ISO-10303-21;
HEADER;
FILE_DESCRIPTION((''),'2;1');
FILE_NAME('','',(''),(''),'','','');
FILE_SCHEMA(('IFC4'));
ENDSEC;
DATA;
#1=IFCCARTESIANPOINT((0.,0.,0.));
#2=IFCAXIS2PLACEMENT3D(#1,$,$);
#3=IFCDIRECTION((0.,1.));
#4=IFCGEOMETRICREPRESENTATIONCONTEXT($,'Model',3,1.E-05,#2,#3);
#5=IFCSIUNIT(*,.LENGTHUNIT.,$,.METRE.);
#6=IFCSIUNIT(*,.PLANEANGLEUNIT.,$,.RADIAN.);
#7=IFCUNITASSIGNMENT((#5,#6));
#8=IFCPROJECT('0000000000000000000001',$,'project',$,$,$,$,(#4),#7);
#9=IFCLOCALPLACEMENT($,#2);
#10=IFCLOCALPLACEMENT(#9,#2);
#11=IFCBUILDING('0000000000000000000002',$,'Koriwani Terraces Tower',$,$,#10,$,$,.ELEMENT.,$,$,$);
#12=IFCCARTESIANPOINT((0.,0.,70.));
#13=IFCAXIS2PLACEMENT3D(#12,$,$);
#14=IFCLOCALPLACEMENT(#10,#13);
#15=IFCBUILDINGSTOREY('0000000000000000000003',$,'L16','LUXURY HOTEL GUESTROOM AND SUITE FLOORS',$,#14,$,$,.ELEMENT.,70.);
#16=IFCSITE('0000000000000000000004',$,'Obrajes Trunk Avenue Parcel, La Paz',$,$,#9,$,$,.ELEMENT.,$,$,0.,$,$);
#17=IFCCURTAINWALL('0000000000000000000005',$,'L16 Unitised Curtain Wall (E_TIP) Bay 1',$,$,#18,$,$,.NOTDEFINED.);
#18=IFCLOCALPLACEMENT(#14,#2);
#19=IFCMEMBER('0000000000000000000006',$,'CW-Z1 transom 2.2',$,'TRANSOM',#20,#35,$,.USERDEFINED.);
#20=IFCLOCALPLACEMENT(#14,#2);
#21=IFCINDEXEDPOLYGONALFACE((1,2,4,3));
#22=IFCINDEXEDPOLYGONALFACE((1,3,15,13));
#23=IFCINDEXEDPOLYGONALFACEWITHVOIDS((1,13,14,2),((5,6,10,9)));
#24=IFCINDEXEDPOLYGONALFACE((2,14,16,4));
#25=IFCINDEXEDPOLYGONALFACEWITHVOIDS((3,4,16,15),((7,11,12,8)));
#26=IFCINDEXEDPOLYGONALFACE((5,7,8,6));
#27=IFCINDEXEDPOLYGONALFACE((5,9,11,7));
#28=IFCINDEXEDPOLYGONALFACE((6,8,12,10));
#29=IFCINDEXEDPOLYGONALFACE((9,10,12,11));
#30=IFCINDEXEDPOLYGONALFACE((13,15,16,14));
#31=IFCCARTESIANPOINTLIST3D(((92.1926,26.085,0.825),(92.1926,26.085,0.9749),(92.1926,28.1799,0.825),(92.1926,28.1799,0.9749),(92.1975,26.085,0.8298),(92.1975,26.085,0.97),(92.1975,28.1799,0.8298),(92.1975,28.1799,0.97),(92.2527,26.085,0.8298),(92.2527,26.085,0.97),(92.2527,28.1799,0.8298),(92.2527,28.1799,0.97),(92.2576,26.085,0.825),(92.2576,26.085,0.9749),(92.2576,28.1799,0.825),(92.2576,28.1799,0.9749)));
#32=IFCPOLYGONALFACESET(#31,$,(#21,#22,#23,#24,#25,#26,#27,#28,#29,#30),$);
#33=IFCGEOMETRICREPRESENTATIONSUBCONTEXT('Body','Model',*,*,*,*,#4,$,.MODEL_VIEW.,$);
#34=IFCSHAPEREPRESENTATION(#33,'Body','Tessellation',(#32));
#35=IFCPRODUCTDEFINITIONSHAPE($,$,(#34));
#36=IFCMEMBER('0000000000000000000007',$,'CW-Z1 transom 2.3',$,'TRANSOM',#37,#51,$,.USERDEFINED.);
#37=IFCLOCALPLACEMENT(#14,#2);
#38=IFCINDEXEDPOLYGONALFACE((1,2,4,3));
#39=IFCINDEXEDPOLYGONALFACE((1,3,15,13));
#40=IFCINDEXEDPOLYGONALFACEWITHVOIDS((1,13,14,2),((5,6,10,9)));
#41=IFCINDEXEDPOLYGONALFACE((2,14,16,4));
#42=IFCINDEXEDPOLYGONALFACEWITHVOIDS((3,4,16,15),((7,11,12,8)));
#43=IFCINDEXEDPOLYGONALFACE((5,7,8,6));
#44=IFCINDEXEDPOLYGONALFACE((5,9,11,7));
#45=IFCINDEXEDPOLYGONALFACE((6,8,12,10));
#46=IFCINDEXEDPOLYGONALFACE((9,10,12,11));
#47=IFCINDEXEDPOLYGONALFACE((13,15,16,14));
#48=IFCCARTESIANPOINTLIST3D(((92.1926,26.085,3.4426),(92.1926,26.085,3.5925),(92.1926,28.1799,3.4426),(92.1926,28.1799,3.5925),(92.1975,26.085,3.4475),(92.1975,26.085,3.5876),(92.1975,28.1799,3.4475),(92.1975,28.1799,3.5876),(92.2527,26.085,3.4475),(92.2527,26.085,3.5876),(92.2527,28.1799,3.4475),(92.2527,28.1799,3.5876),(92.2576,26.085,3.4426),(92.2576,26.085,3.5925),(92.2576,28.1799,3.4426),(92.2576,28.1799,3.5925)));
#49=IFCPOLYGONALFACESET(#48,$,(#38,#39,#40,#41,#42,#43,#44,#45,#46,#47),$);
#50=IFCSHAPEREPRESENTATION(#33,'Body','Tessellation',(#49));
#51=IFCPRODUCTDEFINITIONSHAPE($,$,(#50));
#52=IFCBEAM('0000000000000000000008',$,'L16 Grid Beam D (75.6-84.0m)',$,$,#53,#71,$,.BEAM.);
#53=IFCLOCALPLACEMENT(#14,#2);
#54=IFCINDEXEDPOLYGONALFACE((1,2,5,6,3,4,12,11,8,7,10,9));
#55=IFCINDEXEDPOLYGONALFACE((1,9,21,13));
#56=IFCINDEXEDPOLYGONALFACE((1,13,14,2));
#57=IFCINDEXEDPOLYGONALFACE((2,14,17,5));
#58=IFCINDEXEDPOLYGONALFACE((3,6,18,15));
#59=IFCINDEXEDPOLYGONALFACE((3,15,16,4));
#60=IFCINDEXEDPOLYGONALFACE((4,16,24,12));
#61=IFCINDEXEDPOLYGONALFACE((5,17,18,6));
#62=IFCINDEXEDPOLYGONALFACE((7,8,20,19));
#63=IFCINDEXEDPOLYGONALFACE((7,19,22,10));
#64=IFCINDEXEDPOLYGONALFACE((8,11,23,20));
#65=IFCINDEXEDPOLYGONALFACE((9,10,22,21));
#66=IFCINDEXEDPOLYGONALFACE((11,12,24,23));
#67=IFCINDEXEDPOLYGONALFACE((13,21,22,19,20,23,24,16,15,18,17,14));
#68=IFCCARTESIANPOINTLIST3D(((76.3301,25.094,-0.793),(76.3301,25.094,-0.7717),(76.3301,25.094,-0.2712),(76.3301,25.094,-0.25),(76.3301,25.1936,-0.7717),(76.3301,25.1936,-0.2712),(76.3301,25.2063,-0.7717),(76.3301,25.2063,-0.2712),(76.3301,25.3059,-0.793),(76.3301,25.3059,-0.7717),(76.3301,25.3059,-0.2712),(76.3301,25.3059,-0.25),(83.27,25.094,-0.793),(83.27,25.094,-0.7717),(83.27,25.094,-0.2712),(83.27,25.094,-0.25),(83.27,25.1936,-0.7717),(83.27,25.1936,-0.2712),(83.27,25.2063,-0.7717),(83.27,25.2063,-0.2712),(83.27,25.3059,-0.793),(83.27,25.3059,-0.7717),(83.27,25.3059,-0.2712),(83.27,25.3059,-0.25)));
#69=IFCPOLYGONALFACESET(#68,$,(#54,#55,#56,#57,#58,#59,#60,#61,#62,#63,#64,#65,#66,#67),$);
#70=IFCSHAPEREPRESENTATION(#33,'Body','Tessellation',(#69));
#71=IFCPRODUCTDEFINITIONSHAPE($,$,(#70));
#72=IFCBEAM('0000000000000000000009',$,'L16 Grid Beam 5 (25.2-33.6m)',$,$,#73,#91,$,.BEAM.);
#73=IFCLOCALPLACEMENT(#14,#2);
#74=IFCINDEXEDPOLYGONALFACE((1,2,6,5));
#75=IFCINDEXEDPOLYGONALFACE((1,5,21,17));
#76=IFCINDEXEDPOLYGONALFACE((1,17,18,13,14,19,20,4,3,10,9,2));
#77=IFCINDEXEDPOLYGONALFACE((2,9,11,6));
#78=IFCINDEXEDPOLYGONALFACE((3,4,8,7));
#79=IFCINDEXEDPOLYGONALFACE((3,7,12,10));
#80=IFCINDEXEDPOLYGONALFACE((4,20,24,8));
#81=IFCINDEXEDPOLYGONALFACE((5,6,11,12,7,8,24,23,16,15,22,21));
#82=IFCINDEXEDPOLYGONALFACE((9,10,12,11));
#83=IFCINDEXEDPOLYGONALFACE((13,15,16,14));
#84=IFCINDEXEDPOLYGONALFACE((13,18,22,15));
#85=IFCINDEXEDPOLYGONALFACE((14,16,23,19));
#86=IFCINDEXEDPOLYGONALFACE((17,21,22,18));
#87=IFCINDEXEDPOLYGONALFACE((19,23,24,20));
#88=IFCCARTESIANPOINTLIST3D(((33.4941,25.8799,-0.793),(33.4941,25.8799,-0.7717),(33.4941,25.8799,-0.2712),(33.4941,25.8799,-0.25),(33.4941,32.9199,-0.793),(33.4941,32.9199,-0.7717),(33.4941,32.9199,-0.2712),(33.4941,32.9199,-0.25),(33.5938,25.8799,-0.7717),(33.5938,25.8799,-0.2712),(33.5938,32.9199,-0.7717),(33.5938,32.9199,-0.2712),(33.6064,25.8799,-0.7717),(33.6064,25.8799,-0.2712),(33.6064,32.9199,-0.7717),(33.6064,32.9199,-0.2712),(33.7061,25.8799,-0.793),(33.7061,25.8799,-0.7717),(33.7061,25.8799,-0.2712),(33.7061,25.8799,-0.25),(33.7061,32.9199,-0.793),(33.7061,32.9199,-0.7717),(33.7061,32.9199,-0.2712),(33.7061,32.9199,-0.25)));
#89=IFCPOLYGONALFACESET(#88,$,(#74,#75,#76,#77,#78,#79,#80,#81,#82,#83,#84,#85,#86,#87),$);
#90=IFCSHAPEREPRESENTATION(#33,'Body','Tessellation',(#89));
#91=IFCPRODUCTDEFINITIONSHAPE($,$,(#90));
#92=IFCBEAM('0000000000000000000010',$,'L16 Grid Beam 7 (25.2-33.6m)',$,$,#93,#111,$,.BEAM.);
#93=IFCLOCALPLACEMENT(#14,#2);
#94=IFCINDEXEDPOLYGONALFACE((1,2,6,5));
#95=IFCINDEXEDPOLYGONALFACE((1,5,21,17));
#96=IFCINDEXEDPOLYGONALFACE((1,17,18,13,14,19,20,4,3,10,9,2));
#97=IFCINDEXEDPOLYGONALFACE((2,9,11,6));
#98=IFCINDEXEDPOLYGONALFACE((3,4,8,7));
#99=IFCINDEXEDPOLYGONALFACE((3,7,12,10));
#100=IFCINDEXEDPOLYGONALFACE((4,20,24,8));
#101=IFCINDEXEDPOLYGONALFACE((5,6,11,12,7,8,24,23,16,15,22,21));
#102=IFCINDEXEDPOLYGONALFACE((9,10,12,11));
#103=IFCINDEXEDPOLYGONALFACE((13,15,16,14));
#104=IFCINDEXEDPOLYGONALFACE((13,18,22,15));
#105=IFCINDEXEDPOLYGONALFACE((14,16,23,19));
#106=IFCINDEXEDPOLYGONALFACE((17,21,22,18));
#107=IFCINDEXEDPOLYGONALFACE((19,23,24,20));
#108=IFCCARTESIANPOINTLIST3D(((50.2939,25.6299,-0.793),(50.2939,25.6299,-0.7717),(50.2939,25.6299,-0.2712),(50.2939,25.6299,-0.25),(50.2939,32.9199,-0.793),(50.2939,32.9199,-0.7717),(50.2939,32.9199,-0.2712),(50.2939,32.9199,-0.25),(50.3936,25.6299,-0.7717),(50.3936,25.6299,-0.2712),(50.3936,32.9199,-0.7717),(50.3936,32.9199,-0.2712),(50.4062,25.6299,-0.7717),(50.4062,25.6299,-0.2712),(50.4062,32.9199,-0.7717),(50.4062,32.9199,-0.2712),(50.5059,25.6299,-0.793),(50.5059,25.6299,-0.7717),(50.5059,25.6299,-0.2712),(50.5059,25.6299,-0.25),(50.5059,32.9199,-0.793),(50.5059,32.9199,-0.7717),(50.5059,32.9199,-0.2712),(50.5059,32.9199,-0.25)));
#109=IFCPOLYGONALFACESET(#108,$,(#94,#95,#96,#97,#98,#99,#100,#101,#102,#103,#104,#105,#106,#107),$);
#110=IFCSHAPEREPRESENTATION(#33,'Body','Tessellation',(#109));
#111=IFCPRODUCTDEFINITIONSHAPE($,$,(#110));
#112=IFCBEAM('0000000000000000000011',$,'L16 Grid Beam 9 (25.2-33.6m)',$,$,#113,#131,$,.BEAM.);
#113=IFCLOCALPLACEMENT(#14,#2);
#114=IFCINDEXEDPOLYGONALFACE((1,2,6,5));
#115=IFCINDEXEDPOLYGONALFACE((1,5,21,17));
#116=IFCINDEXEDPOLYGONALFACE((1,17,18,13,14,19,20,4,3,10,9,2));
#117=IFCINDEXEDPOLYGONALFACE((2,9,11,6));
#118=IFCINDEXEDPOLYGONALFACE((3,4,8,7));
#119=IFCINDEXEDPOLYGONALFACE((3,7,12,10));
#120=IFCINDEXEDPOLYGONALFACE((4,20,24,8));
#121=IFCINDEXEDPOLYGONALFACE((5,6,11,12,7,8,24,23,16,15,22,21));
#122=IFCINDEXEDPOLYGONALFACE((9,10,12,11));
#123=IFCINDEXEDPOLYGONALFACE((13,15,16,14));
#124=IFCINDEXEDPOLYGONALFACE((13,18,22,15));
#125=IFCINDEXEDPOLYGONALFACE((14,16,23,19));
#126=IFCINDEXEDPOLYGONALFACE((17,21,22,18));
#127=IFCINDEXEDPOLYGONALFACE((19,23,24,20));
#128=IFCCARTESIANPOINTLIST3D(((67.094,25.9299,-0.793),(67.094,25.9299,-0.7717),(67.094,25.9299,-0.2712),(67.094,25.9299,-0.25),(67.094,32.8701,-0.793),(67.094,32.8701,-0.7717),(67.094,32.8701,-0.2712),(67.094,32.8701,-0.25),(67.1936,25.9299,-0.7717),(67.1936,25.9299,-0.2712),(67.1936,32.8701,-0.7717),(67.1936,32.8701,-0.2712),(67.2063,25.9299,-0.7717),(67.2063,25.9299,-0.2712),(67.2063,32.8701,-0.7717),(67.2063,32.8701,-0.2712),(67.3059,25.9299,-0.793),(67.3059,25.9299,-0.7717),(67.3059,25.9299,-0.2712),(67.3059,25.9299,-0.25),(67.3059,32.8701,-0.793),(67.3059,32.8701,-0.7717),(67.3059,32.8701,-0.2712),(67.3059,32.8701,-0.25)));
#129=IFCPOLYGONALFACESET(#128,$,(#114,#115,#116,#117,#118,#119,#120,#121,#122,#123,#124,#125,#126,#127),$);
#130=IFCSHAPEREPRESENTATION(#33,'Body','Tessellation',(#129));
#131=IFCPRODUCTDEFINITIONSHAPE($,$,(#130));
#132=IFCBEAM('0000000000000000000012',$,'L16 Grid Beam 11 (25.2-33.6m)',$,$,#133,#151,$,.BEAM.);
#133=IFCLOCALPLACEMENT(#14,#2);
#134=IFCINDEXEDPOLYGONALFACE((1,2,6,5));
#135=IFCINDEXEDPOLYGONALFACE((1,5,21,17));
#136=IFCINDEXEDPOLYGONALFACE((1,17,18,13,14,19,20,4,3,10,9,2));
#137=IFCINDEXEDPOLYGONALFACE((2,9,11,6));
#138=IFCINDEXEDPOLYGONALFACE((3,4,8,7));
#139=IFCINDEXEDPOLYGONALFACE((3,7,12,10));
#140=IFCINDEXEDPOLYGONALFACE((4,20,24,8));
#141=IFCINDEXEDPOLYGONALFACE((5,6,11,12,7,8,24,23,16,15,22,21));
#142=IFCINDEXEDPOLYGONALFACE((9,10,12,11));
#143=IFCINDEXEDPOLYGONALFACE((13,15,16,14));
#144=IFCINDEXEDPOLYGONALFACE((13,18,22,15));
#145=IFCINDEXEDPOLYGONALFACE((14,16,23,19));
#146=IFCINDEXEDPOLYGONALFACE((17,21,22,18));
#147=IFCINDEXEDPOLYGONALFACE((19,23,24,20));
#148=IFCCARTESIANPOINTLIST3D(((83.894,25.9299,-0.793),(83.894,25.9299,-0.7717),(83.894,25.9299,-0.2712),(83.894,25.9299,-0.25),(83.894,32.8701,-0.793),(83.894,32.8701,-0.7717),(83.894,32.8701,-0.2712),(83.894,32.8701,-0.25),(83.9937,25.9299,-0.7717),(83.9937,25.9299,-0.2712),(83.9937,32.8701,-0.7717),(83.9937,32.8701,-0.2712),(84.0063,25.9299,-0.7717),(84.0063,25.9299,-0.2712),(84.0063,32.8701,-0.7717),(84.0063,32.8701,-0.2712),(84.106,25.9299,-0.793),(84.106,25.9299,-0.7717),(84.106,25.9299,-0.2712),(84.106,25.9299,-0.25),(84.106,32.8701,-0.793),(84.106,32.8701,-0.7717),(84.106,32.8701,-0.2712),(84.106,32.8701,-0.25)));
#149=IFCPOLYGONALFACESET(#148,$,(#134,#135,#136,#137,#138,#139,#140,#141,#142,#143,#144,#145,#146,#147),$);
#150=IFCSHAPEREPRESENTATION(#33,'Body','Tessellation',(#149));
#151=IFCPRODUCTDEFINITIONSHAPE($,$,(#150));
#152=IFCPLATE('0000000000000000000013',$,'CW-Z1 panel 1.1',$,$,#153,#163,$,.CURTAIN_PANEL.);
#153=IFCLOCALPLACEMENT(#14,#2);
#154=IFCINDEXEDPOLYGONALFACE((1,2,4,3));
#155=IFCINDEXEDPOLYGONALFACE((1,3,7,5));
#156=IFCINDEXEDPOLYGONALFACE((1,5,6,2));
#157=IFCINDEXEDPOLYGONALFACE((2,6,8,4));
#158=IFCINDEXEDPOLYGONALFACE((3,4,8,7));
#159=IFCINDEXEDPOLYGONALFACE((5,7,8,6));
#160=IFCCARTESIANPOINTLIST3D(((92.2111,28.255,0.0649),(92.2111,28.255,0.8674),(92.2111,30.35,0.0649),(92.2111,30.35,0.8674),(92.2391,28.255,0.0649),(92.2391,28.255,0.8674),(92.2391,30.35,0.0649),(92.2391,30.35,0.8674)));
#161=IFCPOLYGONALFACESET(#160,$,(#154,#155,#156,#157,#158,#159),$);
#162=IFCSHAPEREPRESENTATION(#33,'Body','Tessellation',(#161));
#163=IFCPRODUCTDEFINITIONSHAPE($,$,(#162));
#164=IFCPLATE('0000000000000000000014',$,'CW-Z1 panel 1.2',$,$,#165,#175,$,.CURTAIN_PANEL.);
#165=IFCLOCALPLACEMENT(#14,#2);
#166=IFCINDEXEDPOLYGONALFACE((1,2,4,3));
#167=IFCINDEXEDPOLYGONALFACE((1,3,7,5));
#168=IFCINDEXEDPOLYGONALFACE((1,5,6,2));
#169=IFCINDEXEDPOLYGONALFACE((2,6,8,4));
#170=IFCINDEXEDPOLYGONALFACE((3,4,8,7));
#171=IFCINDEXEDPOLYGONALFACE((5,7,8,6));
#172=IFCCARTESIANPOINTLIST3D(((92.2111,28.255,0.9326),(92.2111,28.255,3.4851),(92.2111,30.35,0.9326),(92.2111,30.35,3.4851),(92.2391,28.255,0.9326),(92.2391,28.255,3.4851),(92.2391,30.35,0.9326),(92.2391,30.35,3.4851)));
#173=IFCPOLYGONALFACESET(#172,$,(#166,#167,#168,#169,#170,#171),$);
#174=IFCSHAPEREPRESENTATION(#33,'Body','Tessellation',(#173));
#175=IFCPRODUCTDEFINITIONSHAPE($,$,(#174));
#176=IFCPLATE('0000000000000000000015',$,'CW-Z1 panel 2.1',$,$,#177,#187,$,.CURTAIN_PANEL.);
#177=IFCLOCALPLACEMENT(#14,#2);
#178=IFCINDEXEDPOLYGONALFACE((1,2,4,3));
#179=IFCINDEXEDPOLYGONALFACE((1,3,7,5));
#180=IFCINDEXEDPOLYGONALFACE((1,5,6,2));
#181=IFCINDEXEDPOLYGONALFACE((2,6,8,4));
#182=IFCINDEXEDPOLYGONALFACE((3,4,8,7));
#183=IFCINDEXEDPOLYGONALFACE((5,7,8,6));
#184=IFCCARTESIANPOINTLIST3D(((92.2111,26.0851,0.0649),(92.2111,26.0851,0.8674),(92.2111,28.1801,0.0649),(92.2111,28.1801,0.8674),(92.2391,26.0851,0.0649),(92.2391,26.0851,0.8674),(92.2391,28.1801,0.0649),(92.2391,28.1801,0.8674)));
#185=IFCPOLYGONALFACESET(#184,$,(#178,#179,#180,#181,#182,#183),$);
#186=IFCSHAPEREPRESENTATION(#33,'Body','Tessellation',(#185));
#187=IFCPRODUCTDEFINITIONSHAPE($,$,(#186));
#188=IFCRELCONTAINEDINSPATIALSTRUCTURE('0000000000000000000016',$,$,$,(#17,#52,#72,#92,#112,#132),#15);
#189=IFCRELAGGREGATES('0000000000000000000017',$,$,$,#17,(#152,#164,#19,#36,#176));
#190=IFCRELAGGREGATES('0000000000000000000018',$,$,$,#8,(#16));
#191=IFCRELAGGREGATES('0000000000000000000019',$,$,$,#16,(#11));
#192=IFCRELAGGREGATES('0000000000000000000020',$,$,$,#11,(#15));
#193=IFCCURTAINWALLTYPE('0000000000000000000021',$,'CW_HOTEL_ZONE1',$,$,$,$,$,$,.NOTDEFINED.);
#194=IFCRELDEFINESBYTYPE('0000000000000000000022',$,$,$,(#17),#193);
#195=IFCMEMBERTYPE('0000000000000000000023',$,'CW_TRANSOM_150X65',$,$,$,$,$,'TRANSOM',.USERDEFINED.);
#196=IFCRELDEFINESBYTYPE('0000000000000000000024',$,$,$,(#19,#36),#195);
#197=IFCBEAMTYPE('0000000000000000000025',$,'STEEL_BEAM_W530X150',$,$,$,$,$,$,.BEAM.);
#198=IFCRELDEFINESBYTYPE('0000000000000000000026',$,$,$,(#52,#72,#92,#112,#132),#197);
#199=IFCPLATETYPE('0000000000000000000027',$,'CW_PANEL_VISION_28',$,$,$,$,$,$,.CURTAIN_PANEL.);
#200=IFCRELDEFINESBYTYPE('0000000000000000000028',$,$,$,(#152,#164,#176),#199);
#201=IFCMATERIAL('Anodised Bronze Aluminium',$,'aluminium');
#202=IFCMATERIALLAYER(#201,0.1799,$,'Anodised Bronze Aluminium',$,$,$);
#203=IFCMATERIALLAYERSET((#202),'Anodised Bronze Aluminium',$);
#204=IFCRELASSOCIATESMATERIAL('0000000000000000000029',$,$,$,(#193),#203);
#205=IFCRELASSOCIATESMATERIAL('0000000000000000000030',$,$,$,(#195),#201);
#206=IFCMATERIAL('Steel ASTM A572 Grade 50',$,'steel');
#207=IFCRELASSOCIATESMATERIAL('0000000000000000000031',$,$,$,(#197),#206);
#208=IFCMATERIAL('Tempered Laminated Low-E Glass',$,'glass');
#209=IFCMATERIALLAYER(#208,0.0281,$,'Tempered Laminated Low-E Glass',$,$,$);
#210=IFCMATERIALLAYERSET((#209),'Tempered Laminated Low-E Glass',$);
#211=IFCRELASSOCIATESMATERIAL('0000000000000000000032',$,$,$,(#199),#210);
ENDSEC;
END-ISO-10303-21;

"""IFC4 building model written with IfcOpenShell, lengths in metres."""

from ifc_helpers import new_model, si_unit, direction, frame, origin, origin_2d, place, context, subcontext, project, spatial, rectangle, hollow_rectangle, i_section, extrude, material, layer, layer_set, material_profile, profile_set, type_object, element, aggregate, save


model = new_model("IFC4")

# Units and contexts
model_context = context("Model", 3, precision=1e-05, world=origin(), true_north=direction((0.0, 1.0)))
body_context = subcontext(model_context, "Body", "Model", "MODEL_VIEW")
ifc_project = project(units=[si_unit("LENGTHUNIT", "METRE"), si_unit("PLANEANGLEUNIT", "RADIAN")], contexts=[model_context])

# Site, building, storey
site_placement = place(None, origin())
site = spatial("IfcSite", under=ifc_project, at=site_placement, Name="Obrajes Trunk Avenue Parcel, La Paz", CompositionType="ELEMENT", RefElevation=0.0)
building_placement = place(site_placement, origin())
building = spatial("IfcBuilding", under=site, at=building_placement, Name="Koriwani Terraces Tower", CompositionType="ELEMENT")
storey_placement = place(building_placement, frame((0.0, 0.0, 70.0)))
storey = spatial("IfcBuildingStorey", under=building, at=storey_placement, Name="L16", Description="LUXURY HOTEL GUESTROOM AND SUITE FLOORS", CompositionType="ELEMENT", Elevation=70.0)

# Curtain wall, members
ifc_material_1 = material(Name="Anodised Bronze Aluminium", Category="aluminium")
ifc_layer_1 = layer(ifc_material_1, 0.1799, Name="Anodised Bronze Aluminium")
ifc_layer_set_1 = layer_set([ifc_layer_1], Name="Anodised Bronze Aluminium")
curtain_wall_type = type_object("IfcCurtainWallType", Name="CW_HOTEL_ZONE1", PredefinedType="NOTDEFINED", material=ifc_layer_set_1)
curtain_wall_placement = place(storey_placement, origin())
curtain_wall = element("IfcCurtainWall", 1, at=curtain_wall_placement, inside=storey, type_object=curtain_wall_type, Name="L16 Unitised Curtain Wall (E_TIP) Bay 1", PredefinedType="NOTDEFINED")
ifc_material_profile_1 = material_profile(ifc_material_1, hollow_rectangle(XDim=0.0649, YDim=0.1499, WallThickness=0.0049, at=origin_2d()), Name="Anodised Bronze Aluminium", Category="LoadBearing")
ifc_profile_set_1 = profile_set([ifc_material_profile_1], Name="Anodised Bronze Aluminium")
member_type_1 = type_object("IfcMemberType", Name="CW_TRANSOM_150X65", ElementType="TRANSOM", PredefinedType="USERDEFINED", material=ifc_profile_set_1)
member_1_placement = place(storey_placement, frame((92.2251, 28.1799, 0.8999), z_axis=(0.0, -1.0, 0.0), x_axis=(1.0, 0.0, 0.0)))
member_1 = element("IfcMember", 2, at=member_1_placement, type_object=member_type_1, Name="CW-Z1 transom 2.2", ObjectType="TRANSOM", PredefinedType="USERDEFINED", context=body_context, shape_type="SweptSolid", body=[
    extrude(hollow_rectangle(XDim=0.0649, YDim=0.1499, WallThickness=0.0049, at=origin_2d()), origin(), (0.0, 0.0, 1.0), 2.095),
])
member_2_placement = place(storey_placement, frame((92.2251, 28.1799, 3.5176), z_axis=(0.0, -1.0, 0.0), x_axis=(1.0, 0.0, 0.0)))
member_2 = element("IfcMember", 3, at=member_2_placement, type_object=member_type_1, Name="CW-Z1 transom 2.3", ObjectType="TRANSOM", PredefinedType="USERDEFINED", context=body_context, shape_type="SweptSolid", body=[
    extrude(hollow_rectangle(XDim=0.0649, YDim=0.1499, WallThickness=0.0049, at=origin_2d()), origin(), (0.0, 0.0, 1.0), 2.095),
])

# Beams
ifc_material_2 = material(Name="Steel ASTM A572 Grade 50", Category="steel")
ifc_material_profile_2 = material_profile(ifc_material_2, i_section(OverallWidth=0.2119, OverallDepth=0.543, WebThickness=0.0127, FlangeThickness=0.0212, at=origin_2d()), Name="Steel ASTM A572 Grade 50", Category="LoadBearing")
ifc_profile_set_2 = profile_set([ifc_material_profile_2], Name="Steel ASTM A572 Grade 50")
beam_type_1 = type_object("IfcBeamType", Name="STEEL_BEAM_W530X150", PredefinedType="BEAM", material=ifc_profile_set_2)
beam_1_placement = place(storey_placement, frame((76.3301, 25.2, -0.5215), z_axis=(1.0, 0.0, 0.0), x_axis=(0.0, 1.0, 0.0)))
element("IfcBeam", 4, at=beam_1_placement, inside=storey, type_object=beam_type_1, Name="L16 Grid Beam D (75.6-84.0m)", PredefinedType="BEAM", context=body_context, shape_type="SweptSolid", body=[
    extrude(i_section(OverallWidth=0.2119, OverallDepth=0.543, WebThickness=0.0127, FlangeThickness=0.0212, at=origin_2d()), origin(), (0.0, 0.0, 1.0), 6.9399),
])
beam_2_placement = place(storey_placement, frame((33.6001, 25.8799, -0.5215), z_axis=(0.0, 1.0, 0.0), x_axis=(-1.0, 0.0, 0.0)))
element("IfcBeam", 5, at=beam_2_placement, inside=storey, type_object=beam_type_1, Name="L16 Grid Beam 5 (25.2-33.6m)", PredefinedType="BEAM", context=body_context, shape_type="SweptSolid", body=[
    extrude(i_section(OverallWidth=0.2119, OverallDepth=0.543, WebThickness=0.0127, FlangeThickness=0.0212, at=origin_2d()), origin(), (0.0, 0.0, 1.0), 7.04),
])
beam_3_placement = place(storey_placement, frame((50.3999, 25.6299, -0.5215), z_axis=(0.0, 1.0, 0.0), x_axis=(-1.0, 0.0, 0.0)))
element("IfcBeam", 6, at=beam_3_placement, inside=storey, type_object=beam_type_1, Name="L16 Grid Beam 7 (25.2-33.6m)", PredefinedType="BEAM", context=body_context, shape_type="SweptSolid", body=[
    extrude(i_section(OverallWidth=0.2119, OverallDepth=0.543, WebThickness=0.0127, FlangeThickness=0.0212, at=origin_2d()), origin(), (0.0, 0.0, 1.0), 7.29),
])
for number, where, z_axis, x_axis, name in (
    (7, (67.2, 25.9299, -0.5215), (0.0, 1.0, 0.0), (-1.0, 0.0, 0.0), "L16 Grid Beam 9 (25.2-33.6m)"),
    (8, (84.0, 25.9299, -0.5215), (0.0, 1.0, 0.0), (-1.0, 0.0, 0.0), "L16 Grid Beam 11 (25.2-33.6m)"),
):
    element("IfcBeam", number, at=place(storey_placement, frame(where, z_axis=z_axis, x_axis=x_axis)), inside=storey, type_object=beam_type_1, Name=name, PredefinedType="BEAM", context=body_context, shape_type="SweptSolid", body=[
        extrude(i_section(OverallWidth=0.2119, OverallDepth=0.543, WebThickness=0.0127, FlangeThickness=0.0212, at=origin_2d()), origin(), (0.0, 0.0, 1.0), 6.9402),
    ])

# Plates
ifc_material_3 = material(Name="Tempered Laminated Low-E Glass", Category="glass")
ifc_layer_2 = layer(ifc_material_3, 0.0281, Name="Tempered Laminated Low-E Glass")
ifc_layer_set_2 = layer_set([ifc_layer_2], Name="Tempered Laminated Low-E Glass")
plate_type = type_object("IfcPlateType", Name="CW_PANEL_VISION_28", PredefinedType="CURTAIN_PANEL", material=ifc_layer_set_2)
plate_1_placement = place(storey_placement, frame((92.2251, 29.3025, 0.0649), z_axis=(0.0, 0.0, 1.0), x_axis=(0.0, -1.0, 0.0)))
plate_1 = element("IfcPlate", 9, at=plate_1_placement, type_object=plate_type, Name="CW-Z1 panel 1.1", PredefinedType="CURTAIN_PANEL", context=body_context, shape_type="SweptSolid", body=[
    extrude(rectangle(XDim=2.095, YDim=0.0281, at=origin_2d()), origin(), (0.0, 0.0, 1.0), 0.8025),
])
plate_2_placement = place(storey_placement, frame((92.2251, 29.3025, 0.9326), z_axis=(0.0, 0.0, 1.0), x_axis=(0.0, -1.0, 0.0)))
plate_2 = element("IfcPlate", 10, at=plate_2_placement, type_object=plate_type, Name="CW-Z1 panel 1.2", PredefinedType="CURTAIN_PANEL", context=body_context, shape_type="SweptSolid", body=[
    extrude(rectangle(XDim=2.095, YDim=0.0281, at=origin_2d()), origin(), (0.0, 0.0, 1.0), 2.5525),
])
plate_3_placement = place(storey_placement, frame((92.2251, 27.1326, 0.0649), z_axis=(0.0, 0.0, 1.0), x_axis=(0.0, -1.0, 0.0)))
plate_3 = element("IfcPlate", 11, at=plate_3_placement, type_object=plate_type, Name="CW-Z1 panel 2.1", PredefinedType="CURTAIN_PANEL", context=body_context, shape_type="SweptSolid", body=[
    extrude(rectangle(XDim=2.095, YDim=0.0281, at=origin_2d()), origin(), (0.0, 0.0, 1.0), 0.8025),
])
aggregate(curtain_wall, [plate_1, plate_2, member_1, member_2, plate_3])

save(model, "model.ifc")
